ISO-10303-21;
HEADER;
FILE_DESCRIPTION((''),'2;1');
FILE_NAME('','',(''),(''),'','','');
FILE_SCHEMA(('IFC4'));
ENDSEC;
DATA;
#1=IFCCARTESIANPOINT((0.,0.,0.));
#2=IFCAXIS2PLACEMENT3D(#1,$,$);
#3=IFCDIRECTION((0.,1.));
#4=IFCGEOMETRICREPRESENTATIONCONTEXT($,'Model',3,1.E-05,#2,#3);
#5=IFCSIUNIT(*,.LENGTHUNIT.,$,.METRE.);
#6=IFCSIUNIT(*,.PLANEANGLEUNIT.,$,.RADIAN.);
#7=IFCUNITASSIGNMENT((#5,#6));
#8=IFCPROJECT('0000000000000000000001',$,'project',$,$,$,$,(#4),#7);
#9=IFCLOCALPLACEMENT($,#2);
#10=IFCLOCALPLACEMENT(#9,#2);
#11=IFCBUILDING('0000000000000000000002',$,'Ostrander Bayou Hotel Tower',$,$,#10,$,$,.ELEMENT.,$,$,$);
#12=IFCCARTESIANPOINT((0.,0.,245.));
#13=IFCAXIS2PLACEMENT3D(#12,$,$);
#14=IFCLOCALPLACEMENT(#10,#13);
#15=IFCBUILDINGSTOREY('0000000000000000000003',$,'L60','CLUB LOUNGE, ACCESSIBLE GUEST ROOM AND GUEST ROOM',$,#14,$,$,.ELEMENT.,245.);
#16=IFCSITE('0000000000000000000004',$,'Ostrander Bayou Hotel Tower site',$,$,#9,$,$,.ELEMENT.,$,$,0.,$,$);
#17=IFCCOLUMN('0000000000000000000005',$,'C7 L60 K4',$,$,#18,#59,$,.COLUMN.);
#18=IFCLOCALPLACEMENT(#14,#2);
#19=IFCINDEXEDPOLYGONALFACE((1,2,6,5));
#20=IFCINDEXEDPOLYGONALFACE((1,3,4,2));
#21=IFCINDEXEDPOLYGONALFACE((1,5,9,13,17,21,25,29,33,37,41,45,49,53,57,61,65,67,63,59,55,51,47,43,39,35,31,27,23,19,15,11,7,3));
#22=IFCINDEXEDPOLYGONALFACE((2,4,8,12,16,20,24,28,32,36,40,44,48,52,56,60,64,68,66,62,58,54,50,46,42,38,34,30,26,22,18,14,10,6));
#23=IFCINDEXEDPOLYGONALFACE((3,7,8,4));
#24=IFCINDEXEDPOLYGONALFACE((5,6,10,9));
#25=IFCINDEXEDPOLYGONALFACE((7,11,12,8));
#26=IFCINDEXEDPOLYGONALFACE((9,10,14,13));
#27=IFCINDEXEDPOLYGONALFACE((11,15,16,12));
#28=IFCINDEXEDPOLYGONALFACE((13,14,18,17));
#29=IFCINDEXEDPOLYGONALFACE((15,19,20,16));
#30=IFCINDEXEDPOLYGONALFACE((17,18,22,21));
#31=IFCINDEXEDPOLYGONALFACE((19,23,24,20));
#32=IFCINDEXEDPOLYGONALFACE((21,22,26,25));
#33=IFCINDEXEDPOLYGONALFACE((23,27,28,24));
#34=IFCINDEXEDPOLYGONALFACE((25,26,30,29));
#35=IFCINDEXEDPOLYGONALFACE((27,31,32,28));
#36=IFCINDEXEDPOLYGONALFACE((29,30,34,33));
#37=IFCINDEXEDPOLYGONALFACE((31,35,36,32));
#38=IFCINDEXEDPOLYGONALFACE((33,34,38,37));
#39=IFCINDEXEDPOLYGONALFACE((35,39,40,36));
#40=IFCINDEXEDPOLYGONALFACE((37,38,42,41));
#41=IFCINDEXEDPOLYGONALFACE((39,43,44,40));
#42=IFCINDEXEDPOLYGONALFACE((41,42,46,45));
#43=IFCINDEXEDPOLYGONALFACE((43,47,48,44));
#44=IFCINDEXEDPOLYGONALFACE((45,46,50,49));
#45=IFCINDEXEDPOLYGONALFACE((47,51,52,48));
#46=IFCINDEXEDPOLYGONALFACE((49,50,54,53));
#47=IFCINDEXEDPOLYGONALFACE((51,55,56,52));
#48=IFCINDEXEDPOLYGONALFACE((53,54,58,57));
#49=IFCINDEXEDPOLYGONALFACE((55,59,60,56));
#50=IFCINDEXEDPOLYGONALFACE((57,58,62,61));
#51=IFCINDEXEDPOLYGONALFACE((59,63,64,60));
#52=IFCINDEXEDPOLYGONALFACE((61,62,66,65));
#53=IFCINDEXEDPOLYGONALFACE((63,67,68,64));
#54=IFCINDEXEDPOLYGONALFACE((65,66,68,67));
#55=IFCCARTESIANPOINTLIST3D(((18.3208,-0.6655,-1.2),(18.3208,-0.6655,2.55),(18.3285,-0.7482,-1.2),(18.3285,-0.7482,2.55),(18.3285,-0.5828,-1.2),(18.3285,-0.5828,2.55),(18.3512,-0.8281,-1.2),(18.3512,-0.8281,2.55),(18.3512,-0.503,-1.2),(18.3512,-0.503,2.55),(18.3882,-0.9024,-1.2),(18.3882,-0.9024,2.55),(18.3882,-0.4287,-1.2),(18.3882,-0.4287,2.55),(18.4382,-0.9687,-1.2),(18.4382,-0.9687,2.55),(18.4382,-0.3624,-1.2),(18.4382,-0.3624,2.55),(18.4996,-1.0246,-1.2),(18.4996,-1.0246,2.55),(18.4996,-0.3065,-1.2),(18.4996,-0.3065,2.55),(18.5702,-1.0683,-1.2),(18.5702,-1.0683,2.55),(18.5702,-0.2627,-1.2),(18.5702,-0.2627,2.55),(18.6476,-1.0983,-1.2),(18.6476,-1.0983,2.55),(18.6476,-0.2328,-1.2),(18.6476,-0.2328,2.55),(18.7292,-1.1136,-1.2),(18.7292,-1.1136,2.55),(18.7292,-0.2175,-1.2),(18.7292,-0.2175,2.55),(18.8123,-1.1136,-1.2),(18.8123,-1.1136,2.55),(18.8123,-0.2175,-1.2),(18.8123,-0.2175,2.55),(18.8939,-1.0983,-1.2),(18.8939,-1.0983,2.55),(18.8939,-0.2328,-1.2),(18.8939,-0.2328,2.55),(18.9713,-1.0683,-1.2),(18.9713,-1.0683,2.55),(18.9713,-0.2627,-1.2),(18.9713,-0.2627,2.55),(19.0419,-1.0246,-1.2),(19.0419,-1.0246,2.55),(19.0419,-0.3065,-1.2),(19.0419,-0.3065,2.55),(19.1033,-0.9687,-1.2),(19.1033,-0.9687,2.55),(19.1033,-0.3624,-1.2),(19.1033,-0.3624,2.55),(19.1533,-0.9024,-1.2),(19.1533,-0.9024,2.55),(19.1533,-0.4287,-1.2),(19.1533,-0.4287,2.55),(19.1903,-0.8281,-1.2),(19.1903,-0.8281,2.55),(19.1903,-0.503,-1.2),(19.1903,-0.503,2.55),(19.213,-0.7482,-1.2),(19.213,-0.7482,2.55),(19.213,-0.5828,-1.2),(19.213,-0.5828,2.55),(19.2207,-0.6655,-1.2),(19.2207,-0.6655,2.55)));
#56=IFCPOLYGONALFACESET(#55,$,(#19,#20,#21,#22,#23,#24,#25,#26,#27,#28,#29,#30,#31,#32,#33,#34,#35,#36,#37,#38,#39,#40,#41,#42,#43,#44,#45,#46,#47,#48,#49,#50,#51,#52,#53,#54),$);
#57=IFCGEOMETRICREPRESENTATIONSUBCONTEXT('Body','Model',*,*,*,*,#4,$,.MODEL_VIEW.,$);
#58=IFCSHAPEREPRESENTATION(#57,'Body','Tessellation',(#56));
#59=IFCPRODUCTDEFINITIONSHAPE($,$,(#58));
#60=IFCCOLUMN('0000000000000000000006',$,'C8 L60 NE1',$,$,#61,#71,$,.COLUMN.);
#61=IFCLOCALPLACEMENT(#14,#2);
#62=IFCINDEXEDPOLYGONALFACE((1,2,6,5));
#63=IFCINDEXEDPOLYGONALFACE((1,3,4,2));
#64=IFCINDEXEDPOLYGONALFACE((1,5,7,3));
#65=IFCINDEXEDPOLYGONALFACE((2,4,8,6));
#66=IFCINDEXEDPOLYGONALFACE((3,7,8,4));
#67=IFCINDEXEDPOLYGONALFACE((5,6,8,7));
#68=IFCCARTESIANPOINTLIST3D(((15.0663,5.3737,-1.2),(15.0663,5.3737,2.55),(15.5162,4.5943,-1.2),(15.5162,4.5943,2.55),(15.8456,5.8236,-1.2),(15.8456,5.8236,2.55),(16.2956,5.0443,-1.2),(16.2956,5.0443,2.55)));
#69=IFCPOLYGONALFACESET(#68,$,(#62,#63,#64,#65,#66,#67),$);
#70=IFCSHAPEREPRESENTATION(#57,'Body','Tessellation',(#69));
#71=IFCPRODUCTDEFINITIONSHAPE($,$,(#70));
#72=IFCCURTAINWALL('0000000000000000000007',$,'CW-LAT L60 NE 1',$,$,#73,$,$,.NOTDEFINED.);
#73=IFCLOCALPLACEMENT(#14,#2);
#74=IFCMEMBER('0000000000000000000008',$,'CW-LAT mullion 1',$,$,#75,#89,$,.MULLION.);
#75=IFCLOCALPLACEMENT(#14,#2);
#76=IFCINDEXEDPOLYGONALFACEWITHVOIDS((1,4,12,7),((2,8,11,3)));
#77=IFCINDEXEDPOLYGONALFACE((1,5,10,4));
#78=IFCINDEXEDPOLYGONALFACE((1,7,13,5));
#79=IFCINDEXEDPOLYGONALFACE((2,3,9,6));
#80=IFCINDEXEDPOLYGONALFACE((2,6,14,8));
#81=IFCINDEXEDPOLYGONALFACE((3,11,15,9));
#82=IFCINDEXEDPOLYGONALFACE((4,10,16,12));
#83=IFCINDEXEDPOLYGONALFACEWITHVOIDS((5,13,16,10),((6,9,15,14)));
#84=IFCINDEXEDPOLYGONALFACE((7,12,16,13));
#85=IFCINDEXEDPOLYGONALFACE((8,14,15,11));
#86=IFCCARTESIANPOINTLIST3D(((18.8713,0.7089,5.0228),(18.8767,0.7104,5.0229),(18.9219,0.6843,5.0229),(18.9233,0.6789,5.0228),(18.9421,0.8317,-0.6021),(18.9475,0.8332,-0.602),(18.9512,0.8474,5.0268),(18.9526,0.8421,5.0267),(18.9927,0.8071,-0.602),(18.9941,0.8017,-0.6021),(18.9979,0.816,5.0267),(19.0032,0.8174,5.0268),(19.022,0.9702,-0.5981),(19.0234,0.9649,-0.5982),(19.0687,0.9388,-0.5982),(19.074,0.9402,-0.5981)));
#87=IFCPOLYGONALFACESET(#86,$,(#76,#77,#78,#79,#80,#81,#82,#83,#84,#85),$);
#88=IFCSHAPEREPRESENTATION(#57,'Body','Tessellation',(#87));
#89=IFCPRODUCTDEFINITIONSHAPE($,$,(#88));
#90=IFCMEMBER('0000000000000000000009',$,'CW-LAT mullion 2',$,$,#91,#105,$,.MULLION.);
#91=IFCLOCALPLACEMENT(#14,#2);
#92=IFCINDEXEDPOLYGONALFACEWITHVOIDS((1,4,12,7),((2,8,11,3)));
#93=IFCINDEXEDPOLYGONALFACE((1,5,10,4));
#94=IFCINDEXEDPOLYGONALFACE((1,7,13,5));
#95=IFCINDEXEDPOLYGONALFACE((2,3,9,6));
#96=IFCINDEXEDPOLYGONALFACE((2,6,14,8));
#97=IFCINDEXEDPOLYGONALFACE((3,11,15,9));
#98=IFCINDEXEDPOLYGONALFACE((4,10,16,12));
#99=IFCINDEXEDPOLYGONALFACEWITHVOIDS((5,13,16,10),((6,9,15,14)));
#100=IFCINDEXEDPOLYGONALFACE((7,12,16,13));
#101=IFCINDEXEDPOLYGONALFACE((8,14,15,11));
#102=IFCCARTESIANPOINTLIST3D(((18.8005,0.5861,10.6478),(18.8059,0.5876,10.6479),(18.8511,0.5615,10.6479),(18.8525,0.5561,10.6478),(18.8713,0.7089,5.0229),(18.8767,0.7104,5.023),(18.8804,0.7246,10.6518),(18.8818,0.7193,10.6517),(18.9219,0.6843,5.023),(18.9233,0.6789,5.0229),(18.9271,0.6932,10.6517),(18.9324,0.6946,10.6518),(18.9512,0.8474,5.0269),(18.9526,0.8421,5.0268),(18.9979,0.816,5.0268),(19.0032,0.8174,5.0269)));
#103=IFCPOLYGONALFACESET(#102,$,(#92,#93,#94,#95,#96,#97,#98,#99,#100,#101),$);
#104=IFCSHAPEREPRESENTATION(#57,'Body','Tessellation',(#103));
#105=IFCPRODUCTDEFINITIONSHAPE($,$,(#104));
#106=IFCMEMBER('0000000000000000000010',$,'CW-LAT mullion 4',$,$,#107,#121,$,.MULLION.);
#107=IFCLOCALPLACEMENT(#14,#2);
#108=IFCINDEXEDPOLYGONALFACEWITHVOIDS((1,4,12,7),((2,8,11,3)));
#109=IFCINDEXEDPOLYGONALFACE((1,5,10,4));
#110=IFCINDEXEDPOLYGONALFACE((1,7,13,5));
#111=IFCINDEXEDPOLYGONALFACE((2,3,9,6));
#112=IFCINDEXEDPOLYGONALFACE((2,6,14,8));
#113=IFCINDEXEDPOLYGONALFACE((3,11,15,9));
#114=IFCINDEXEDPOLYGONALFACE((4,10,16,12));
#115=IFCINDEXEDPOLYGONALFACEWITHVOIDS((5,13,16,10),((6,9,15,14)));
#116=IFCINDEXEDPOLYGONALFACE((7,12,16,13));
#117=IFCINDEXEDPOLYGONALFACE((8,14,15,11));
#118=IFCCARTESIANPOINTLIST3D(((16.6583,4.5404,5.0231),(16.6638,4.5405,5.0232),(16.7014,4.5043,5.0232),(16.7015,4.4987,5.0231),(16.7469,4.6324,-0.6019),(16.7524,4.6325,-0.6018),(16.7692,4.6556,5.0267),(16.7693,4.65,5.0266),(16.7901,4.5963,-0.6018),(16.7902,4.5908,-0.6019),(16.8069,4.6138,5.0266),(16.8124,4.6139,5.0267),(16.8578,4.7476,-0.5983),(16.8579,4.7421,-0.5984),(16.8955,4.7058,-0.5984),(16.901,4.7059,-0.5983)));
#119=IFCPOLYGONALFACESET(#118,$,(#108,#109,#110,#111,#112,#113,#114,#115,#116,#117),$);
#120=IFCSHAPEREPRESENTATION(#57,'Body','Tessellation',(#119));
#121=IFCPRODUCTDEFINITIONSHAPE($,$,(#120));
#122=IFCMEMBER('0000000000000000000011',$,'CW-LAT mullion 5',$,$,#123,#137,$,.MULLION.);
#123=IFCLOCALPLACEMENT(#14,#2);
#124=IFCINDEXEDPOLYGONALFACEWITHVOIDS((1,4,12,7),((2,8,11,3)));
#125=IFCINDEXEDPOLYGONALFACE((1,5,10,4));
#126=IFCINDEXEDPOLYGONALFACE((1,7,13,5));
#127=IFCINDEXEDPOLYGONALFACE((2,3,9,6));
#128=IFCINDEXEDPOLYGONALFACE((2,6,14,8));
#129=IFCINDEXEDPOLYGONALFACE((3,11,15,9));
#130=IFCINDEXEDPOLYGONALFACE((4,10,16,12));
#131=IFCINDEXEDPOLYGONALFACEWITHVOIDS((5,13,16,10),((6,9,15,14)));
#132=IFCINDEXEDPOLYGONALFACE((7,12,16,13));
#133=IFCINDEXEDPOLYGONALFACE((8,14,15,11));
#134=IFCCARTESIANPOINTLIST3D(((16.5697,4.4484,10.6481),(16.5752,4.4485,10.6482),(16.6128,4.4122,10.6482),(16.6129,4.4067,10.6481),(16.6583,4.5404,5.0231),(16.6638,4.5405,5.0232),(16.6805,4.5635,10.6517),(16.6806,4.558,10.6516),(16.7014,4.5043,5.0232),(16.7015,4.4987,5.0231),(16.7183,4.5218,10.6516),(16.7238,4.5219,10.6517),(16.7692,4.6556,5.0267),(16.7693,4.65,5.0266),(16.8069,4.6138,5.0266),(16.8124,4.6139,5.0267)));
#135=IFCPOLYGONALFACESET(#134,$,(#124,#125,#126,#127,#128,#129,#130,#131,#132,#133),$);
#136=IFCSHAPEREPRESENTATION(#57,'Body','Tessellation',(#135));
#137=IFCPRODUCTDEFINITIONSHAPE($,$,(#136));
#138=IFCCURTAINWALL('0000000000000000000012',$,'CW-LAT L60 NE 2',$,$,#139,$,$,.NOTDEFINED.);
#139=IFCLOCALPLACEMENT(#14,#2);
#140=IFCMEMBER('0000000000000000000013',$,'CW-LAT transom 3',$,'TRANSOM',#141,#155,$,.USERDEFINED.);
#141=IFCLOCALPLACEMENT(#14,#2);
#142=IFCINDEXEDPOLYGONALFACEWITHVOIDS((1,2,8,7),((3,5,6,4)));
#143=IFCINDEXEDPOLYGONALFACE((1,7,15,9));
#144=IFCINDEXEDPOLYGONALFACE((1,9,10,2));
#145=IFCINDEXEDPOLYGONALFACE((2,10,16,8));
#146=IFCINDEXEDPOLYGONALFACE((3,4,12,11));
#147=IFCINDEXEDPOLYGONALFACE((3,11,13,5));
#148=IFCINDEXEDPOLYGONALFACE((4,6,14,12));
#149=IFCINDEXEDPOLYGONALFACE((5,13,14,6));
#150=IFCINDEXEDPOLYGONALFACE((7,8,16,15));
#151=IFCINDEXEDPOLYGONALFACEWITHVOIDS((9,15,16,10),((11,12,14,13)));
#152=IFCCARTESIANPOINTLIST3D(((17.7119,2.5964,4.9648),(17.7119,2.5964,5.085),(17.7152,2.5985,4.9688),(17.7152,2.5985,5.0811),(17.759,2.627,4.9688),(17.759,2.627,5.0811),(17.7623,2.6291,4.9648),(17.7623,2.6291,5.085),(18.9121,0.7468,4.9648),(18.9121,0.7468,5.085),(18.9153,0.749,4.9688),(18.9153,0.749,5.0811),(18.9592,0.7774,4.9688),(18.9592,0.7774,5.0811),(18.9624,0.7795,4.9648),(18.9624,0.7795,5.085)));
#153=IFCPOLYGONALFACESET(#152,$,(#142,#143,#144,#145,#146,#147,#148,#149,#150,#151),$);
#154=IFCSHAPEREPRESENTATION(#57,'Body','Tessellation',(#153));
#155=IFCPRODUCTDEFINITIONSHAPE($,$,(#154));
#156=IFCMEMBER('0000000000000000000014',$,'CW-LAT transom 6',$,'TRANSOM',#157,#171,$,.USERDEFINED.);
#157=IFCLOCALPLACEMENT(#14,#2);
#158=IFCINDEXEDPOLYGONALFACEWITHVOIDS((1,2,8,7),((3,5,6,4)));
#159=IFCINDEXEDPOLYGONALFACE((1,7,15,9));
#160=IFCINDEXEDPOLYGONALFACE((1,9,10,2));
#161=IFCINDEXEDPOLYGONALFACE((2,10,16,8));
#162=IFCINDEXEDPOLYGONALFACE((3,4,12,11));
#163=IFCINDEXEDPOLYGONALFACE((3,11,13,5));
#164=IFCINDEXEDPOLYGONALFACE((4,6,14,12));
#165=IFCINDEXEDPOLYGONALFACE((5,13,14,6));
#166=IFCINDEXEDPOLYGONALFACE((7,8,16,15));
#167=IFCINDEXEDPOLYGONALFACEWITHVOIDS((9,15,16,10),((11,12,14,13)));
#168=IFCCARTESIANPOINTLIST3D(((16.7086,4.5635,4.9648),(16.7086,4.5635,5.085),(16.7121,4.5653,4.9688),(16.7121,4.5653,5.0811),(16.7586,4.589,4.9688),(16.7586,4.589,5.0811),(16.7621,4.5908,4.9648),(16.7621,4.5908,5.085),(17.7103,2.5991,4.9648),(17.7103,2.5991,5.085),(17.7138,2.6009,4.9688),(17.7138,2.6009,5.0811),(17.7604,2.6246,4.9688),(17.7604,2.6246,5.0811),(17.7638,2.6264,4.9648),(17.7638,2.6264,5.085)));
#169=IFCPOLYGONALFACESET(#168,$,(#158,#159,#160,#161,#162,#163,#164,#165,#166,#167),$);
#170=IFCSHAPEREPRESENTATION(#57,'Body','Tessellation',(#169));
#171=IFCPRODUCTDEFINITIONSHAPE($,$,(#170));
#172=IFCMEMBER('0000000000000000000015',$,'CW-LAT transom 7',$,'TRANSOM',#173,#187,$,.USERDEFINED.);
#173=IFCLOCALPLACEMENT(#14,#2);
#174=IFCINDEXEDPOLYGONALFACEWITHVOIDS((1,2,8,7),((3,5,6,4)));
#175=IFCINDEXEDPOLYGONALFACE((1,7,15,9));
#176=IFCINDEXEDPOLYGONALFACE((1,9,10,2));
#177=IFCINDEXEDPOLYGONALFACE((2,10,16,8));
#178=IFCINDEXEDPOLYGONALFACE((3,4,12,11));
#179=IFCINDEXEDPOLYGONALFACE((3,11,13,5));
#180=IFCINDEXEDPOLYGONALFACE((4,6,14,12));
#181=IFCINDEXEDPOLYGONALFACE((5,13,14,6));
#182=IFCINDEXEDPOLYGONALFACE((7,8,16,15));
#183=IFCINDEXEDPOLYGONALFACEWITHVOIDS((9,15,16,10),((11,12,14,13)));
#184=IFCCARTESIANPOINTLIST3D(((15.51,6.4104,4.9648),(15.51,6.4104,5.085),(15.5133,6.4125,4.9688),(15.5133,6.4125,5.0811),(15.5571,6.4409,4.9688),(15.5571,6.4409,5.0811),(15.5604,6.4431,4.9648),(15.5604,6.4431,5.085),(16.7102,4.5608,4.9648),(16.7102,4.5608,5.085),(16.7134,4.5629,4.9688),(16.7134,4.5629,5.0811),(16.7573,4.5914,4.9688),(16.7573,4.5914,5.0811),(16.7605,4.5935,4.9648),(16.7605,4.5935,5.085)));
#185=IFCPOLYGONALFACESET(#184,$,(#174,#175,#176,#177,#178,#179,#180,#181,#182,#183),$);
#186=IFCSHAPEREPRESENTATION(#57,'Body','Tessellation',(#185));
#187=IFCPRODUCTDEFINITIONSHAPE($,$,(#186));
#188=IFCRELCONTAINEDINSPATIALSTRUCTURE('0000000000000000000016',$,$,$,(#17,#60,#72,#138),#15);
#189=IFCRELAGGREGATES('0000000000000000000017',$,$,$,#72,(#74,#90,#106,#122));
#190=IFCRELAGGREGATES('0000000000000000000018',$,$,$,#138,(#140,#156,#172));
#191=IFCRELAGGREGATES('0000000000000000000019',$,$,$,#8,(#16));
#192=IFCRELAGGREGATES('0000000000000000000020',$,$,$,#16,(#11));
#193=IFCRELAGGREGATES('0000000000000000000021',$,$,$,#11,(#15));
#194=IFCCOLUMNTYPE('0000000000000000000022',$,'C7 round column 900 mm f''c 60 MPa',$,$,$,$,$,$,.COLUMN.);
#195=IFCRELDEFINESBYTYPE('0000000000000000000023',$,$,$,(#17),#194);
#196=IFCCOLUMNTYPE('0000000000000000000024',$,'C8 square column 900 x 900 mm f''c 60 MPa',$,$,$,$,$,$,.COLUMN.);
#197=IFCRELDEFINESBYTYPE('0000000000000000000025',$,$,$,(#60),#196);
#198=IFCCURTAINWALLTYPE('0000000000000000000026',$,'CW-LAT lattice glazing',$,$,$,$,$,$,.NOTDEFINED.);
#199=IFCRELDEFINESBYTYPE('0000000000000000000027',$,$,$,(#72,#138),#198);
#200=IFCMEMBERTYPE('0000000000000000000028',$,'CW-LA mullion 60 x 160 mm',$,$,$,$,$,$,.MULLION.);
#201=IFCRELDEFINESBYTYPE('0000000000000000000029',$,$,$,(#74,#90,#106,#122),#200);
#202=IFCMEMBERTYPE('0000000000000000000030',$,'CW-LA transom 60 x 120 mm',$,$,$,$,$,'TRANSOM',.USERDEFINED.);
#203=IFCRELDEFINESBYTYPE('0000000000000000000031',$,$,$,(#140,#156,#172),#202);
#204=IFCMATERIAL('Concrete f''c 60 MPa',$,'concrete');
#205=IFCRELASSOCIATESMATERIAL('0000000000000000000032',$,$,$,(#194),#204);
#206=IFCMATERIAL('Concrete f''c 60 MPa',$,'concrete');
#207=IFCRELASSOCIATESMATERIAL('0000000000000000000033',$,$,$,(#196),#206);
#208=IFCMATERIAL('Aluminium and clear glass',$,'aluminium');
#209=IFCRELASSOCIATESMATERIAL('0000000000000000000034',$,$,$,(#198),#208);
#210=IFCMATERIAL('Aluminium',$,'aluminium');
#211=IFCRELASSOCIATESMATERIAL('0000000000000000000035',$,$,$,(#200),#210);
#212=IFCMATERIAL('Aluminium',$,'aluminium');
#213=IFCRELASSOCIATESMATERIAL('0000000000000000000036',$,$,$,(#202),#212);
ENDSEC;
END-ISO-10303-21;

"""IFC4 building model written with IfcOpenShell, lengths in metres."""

from ifc_helpers import new_model, si_unit, direction, frame, origin, origin_2d, place, context, subcontext, project, spatial, rectangle, hollow_rectangle, circle, extrude, material, material_profile, profile_set, type_object, element, aggregate, save


model = new_model("IFC4")

# Units and contexts
model_context = context("Model", 3, precision=1e-05, world=origin(), true_north=direction((0.0, 1.0)))
body_context = subcontext(model_context, "Body", "Model", "MODEL_VIEW")
ifc_project = project(units=[si_unit("LENGTHUNIT", "METRE"), si_unit("PLANEANGLEUNIT", "RADIAN")], contexts=[model_context])

# Site, building, storey
site_placement = place(None, origin())
site = spatial("IfcSite", under=ifc_project, at=site_placement, Name="Ostrander Bayou Hotel Tower site", CompositionType="ELEMENT", RefElevation=0.0)
building_placement = place(site_placement, origin())
building = spatial("IfcBuilding", under=site, at=building_placement, Name="Ostrander Bayou Hotel Tower", CompositionType="ELEMENT")
storey_placement = place(building_placement, frame((0.0, 0.0, 245.0)))
storey = spatial("IfcBuildingStorey", under=building, at=storey_placement, Name="L60", Description="CLUB LOUNGE, ACCESSIBLE GUEST ROOM AND GUEST ROOM", CompositionType="ELEMENT", Elevation=245.0)

# Columns
ifc_material_1 = material(Name="Concrete f'c 60 MPa", Category="concrete")
ifc_material_profile_1 = material_profile(ifc_material_1, circle(Radius=0.45, at=origin_2d()))
ifc_profile_set_1 = profile_set([ifc_material_profile_1], Name="Concrete f'c 60 MPa")
column_type_1 = type_object("IfcColumnType", Name="C7 round column 900 mm f'c 60 MPa", PredefinedType="COLUMN", material=ifc_profile_set_1)
column_1_placement = place(storey_placement, frame((18.7708, -0.6655, -1.2), z_axis=(0.0, 0.0, 1.0), x_axis=(1.0, 0.0, 0.0)))
element("IfcColumn", 1, at=column_1_placement, inside=storey, type_object=column_type_1, Name="C7 L60 K4", PredefinedType="COLUMN", context=body_context, shape_type="SweptSolid", body=[
    extrude(circle(Radius=0.45, at=origin_2d()), origin(), (0.0, 0.0, 1.0), 3.75),
])
ifc_material_2 = material(Name="Concrete f'c 60 MPa", Category="concrete")
ifc_material_profile_2 = material_profile(ifc_material_2, rectangle(XDim=0.8999, YDim=0.8999, at=origin_2d()))
ifc_profile_set_2 = profile_set([ifc_material_profile_2], Name="Concrete f'c 60 MPa")
column_type_2 = type_object("IfcColumnType", Name="C8 square column 900 x 900 mm f'c 60 MPa", PredefinedType="COLUMN", material=ifc_profile_set_2)
column_2_placement = place(storey_placement, frame((15.6809, 5.209, -1.2), z_axis=(0.0, 0.0, 1.0), x_axis=(0.5, -0.866025, 0.0)))
element("IfcColumn", 2, at=column_2_placement, inside=storey, type_object=column_type_2, Name="C8 L60 NE1", PredefinedType="COLUMN", context=body_context, shape_type="SweptSolid", body=[
    extrude(rectangle(XDim=0.8999, YDim=0.8999, at=origin_2d()), origin(), (0.0, 0.0, 1.0), 3.75),
])

# Curtain walls, members
ifc_material_3 = material(Name="Aluminium and clear glass", Category="aluminium")
curtain_wall_type = type_object("IfcCurtainWallType", Name="CW-LAT lattice glazing", PredefinedType="NOTDEFINED", material=ifc_material_3)
curtain_wall_1_placement = place(storey_placement, origin())
curtain_wall_1 = element("IfcCurtainWall", 3, at=curtain_wall_1_placement, inside=storey, type_object=curtain_wall_type, Name="CW-LAT L60 NE 1", PredefinedType="NOTDEFINED")
ifc_material_4 = material(Name="Aluminium", Category="aluminium")
ifc_material_profile_3 = material_profile(ifc_material_4, hollow_rectangle(XDim=0.0601, YDim=0.1599, WallThickness=0.0039, at=origin_2d()))
ifc_profile_set_3 = profile_set([ifc_material_profile_3], Name="Aluminium")
member_type_1 = type_object("IfcMemberType", Name="CW-LA mullion 60 x 160 mm", PredefinedType="MULLION", material=ifc_profile_set_3)
member_1_placement = place(storey_placement, frame((19.0081, 0.886, -0.6001), z_axis=(-0.012583, -0.021825, 0.999683), x_axis=(0.866329, -0.499474, 0.0)))
member_1 = element("IfcMember", 4, at=member_1_placement, type_object=member_type_1, Name="CW-LAT mullion 1", PredefinedType="MULLION", context=body_context, shape_type="SweptSolid", body=[
    extrude(hollow_rectangle(XDim=0.0601, YDim=0.1599, WallThickness=0.0039, at=origin_2d()), origin(), (0.0, 0.0, 1.0), 5.6267),
])
member_2_placement = place(storey_placement, frame((18.9373, 0.7632, 5.0249), z_axis=(-0.012583, -0.021825, 0.999683), x_axis=(0.866329, -0.499474, 0.0)))
member_2 = element("IfcMember", 5, at=member_2_placement, type_object=member_type_1, Name="CW-LAT mullion 2", PredefinedType="MULLION", context=body_context, shape_type="SweptSolid", body=[
    extrude(hollow_rectangle(XDim=0.0601, YDim=0.1599, WallThickness=0.0039, at=origin_2d()), origin(), (0.0, 0.0, 1.0), 5.6267),
])
member_3_placement = place(storey_placement, frame((16.824, 4.6692, -0.6001), z_axis=(-0.015751, -0.016359, 0.999742), x_axis=(0.720356, -0.693605, 0.0)))
member_3 = element("IfcMember", 6, at=member_3_placement, type_object=member_type_1, Name="CW-LAT mullion 4", PredefinedType="MULLION", context=body_context, shape_type="SweptSolid", body=[
    extrude(hollow_rectangle(XDim=0.0601, YDim=0.1599, WallThickness=0.0039, at=origin_2d()), origin(), (0.0, 0.0, 1.0), 5.6265),
])
member_4_placement = place(storey_placement, frame((16.7354, 4.5771, 5.0249), z_axis=(-0.015751, -0.016359, 0.999742), x_axis=(0.720356, -0.693605, 0.0)))
member_4 = element("IfcMember", 7, at=member_4_placement, type_object=member_type_1, Name="CW-LAT mullion 5", PredefinedType="MULLION", context=body_context, shape_type="SweptSolid", body=[
    extrude(hollow_rectangle(XDim=0.0601, YDim=0.1599, WallThickness=0.0039, at=origin_2d()), origin(), (0.0, 0.0, 1.0), 5.6265),
])
curtain_wall_2_placement = place(storey_placement, origin())
curtain_wall_2 = element("IfcCurtainWall", 8, at=curtain_wall_2_placement, inside=storey, type_object=curtain_wall_type, Name="CW-LAT L60 NE 2", PredefinedType="NOTDEFINED")
ifc_material_5 = material(Name="Aluminium", Category="aluminium")
ifc_material_profile_4 = material_profile(ifc_material_5, hollow_rectangle(XDim=0.0601, YDim=0.1201, WallThickness=0.0039, at=origin_2d()))
ifc_profile_set_4 = profile_set([ifc_material_profile_4], Name="Aluminium")
member_type_2 = type_object("IfcMemberType", Name="CW-LA transom 60 x 120 mm", ElementType="TRANSOM", PredefinedType="USERDEFINED", material=ifc_profile_set_4)
member_5_placement = place(storey_placement, frame((18.9373, 0.7632, 5.0249), z_axis=(-0.544334, 0.838868, 0.0), x_axis=(-0.838868, -0.544334, 0.0)))
member_5 = element("IfcMember", 9, at=member_5_placement, type_object=member_type_2, Name="CW-LAT transom 3", ObjectType="TRANSOM", PredefinedType="USERDEFINED", context=body_context, shape_type="SweptSolid", body=[
    extrude(hollow_rectangle(XDim=0.0601, YDim=0.1201, WallThickness=0.0039, at=origin_2d()), origin(), (0.0, 0.0, 1.0), 2.2048),
])
member_6_placement = place(storey_placement, frame((16.7354, 4.5771, 5.0249), z_axis=(0.454286, -0.890856, 0.0), x_axis=(0.890856, 0.454286, 0.0)))
member_6 = element("IfcMember", 10, at=member_6_placement, type_object=member_type_2, Name="CW-LAT transom 6", ObjectType="TRANSOM", PredefinedType="USERDEFINED", context=body_context, shape_type="SweptSolid", body=[
    extrude(hollow_rectangle(XDim=0.0601, YDim=0.1201, WallThickness=0.0039, at=origin_2d()), origin(), (0.0, 0.0, 1.0), 2.2051),
])
member_7_placement = place(storey_placement, frame((16.7354, 4.5771, 5.0249), z_axis=(-0.544334, 0.838868, 0.0), x_axis=(-0.838868, -0.544334, 0.0)))
member_7 = element("IfcMember", 11, at=member_7_placement, type_object=member_type_2, Name="CW-LAT transom 7", ObjectType="TRANSOM", PredefinedType="USERDEFINED", context=body_context, shape_type="SweptSolid", body=[
    extrude(hollow_rectangle(XDim=0.0601, YDim=0.1201, WallThickness=0.0039, at=origin_2d()), origin(), (0.0, 0.0, 1.0), 2.2048),
])

aggregate(curtain_wall_1, [member_1, member_2, member_3, member_4])
aggregate(curtain_wall_2, [member_5, member_6, member_7])

save(model, "model.ifc")
